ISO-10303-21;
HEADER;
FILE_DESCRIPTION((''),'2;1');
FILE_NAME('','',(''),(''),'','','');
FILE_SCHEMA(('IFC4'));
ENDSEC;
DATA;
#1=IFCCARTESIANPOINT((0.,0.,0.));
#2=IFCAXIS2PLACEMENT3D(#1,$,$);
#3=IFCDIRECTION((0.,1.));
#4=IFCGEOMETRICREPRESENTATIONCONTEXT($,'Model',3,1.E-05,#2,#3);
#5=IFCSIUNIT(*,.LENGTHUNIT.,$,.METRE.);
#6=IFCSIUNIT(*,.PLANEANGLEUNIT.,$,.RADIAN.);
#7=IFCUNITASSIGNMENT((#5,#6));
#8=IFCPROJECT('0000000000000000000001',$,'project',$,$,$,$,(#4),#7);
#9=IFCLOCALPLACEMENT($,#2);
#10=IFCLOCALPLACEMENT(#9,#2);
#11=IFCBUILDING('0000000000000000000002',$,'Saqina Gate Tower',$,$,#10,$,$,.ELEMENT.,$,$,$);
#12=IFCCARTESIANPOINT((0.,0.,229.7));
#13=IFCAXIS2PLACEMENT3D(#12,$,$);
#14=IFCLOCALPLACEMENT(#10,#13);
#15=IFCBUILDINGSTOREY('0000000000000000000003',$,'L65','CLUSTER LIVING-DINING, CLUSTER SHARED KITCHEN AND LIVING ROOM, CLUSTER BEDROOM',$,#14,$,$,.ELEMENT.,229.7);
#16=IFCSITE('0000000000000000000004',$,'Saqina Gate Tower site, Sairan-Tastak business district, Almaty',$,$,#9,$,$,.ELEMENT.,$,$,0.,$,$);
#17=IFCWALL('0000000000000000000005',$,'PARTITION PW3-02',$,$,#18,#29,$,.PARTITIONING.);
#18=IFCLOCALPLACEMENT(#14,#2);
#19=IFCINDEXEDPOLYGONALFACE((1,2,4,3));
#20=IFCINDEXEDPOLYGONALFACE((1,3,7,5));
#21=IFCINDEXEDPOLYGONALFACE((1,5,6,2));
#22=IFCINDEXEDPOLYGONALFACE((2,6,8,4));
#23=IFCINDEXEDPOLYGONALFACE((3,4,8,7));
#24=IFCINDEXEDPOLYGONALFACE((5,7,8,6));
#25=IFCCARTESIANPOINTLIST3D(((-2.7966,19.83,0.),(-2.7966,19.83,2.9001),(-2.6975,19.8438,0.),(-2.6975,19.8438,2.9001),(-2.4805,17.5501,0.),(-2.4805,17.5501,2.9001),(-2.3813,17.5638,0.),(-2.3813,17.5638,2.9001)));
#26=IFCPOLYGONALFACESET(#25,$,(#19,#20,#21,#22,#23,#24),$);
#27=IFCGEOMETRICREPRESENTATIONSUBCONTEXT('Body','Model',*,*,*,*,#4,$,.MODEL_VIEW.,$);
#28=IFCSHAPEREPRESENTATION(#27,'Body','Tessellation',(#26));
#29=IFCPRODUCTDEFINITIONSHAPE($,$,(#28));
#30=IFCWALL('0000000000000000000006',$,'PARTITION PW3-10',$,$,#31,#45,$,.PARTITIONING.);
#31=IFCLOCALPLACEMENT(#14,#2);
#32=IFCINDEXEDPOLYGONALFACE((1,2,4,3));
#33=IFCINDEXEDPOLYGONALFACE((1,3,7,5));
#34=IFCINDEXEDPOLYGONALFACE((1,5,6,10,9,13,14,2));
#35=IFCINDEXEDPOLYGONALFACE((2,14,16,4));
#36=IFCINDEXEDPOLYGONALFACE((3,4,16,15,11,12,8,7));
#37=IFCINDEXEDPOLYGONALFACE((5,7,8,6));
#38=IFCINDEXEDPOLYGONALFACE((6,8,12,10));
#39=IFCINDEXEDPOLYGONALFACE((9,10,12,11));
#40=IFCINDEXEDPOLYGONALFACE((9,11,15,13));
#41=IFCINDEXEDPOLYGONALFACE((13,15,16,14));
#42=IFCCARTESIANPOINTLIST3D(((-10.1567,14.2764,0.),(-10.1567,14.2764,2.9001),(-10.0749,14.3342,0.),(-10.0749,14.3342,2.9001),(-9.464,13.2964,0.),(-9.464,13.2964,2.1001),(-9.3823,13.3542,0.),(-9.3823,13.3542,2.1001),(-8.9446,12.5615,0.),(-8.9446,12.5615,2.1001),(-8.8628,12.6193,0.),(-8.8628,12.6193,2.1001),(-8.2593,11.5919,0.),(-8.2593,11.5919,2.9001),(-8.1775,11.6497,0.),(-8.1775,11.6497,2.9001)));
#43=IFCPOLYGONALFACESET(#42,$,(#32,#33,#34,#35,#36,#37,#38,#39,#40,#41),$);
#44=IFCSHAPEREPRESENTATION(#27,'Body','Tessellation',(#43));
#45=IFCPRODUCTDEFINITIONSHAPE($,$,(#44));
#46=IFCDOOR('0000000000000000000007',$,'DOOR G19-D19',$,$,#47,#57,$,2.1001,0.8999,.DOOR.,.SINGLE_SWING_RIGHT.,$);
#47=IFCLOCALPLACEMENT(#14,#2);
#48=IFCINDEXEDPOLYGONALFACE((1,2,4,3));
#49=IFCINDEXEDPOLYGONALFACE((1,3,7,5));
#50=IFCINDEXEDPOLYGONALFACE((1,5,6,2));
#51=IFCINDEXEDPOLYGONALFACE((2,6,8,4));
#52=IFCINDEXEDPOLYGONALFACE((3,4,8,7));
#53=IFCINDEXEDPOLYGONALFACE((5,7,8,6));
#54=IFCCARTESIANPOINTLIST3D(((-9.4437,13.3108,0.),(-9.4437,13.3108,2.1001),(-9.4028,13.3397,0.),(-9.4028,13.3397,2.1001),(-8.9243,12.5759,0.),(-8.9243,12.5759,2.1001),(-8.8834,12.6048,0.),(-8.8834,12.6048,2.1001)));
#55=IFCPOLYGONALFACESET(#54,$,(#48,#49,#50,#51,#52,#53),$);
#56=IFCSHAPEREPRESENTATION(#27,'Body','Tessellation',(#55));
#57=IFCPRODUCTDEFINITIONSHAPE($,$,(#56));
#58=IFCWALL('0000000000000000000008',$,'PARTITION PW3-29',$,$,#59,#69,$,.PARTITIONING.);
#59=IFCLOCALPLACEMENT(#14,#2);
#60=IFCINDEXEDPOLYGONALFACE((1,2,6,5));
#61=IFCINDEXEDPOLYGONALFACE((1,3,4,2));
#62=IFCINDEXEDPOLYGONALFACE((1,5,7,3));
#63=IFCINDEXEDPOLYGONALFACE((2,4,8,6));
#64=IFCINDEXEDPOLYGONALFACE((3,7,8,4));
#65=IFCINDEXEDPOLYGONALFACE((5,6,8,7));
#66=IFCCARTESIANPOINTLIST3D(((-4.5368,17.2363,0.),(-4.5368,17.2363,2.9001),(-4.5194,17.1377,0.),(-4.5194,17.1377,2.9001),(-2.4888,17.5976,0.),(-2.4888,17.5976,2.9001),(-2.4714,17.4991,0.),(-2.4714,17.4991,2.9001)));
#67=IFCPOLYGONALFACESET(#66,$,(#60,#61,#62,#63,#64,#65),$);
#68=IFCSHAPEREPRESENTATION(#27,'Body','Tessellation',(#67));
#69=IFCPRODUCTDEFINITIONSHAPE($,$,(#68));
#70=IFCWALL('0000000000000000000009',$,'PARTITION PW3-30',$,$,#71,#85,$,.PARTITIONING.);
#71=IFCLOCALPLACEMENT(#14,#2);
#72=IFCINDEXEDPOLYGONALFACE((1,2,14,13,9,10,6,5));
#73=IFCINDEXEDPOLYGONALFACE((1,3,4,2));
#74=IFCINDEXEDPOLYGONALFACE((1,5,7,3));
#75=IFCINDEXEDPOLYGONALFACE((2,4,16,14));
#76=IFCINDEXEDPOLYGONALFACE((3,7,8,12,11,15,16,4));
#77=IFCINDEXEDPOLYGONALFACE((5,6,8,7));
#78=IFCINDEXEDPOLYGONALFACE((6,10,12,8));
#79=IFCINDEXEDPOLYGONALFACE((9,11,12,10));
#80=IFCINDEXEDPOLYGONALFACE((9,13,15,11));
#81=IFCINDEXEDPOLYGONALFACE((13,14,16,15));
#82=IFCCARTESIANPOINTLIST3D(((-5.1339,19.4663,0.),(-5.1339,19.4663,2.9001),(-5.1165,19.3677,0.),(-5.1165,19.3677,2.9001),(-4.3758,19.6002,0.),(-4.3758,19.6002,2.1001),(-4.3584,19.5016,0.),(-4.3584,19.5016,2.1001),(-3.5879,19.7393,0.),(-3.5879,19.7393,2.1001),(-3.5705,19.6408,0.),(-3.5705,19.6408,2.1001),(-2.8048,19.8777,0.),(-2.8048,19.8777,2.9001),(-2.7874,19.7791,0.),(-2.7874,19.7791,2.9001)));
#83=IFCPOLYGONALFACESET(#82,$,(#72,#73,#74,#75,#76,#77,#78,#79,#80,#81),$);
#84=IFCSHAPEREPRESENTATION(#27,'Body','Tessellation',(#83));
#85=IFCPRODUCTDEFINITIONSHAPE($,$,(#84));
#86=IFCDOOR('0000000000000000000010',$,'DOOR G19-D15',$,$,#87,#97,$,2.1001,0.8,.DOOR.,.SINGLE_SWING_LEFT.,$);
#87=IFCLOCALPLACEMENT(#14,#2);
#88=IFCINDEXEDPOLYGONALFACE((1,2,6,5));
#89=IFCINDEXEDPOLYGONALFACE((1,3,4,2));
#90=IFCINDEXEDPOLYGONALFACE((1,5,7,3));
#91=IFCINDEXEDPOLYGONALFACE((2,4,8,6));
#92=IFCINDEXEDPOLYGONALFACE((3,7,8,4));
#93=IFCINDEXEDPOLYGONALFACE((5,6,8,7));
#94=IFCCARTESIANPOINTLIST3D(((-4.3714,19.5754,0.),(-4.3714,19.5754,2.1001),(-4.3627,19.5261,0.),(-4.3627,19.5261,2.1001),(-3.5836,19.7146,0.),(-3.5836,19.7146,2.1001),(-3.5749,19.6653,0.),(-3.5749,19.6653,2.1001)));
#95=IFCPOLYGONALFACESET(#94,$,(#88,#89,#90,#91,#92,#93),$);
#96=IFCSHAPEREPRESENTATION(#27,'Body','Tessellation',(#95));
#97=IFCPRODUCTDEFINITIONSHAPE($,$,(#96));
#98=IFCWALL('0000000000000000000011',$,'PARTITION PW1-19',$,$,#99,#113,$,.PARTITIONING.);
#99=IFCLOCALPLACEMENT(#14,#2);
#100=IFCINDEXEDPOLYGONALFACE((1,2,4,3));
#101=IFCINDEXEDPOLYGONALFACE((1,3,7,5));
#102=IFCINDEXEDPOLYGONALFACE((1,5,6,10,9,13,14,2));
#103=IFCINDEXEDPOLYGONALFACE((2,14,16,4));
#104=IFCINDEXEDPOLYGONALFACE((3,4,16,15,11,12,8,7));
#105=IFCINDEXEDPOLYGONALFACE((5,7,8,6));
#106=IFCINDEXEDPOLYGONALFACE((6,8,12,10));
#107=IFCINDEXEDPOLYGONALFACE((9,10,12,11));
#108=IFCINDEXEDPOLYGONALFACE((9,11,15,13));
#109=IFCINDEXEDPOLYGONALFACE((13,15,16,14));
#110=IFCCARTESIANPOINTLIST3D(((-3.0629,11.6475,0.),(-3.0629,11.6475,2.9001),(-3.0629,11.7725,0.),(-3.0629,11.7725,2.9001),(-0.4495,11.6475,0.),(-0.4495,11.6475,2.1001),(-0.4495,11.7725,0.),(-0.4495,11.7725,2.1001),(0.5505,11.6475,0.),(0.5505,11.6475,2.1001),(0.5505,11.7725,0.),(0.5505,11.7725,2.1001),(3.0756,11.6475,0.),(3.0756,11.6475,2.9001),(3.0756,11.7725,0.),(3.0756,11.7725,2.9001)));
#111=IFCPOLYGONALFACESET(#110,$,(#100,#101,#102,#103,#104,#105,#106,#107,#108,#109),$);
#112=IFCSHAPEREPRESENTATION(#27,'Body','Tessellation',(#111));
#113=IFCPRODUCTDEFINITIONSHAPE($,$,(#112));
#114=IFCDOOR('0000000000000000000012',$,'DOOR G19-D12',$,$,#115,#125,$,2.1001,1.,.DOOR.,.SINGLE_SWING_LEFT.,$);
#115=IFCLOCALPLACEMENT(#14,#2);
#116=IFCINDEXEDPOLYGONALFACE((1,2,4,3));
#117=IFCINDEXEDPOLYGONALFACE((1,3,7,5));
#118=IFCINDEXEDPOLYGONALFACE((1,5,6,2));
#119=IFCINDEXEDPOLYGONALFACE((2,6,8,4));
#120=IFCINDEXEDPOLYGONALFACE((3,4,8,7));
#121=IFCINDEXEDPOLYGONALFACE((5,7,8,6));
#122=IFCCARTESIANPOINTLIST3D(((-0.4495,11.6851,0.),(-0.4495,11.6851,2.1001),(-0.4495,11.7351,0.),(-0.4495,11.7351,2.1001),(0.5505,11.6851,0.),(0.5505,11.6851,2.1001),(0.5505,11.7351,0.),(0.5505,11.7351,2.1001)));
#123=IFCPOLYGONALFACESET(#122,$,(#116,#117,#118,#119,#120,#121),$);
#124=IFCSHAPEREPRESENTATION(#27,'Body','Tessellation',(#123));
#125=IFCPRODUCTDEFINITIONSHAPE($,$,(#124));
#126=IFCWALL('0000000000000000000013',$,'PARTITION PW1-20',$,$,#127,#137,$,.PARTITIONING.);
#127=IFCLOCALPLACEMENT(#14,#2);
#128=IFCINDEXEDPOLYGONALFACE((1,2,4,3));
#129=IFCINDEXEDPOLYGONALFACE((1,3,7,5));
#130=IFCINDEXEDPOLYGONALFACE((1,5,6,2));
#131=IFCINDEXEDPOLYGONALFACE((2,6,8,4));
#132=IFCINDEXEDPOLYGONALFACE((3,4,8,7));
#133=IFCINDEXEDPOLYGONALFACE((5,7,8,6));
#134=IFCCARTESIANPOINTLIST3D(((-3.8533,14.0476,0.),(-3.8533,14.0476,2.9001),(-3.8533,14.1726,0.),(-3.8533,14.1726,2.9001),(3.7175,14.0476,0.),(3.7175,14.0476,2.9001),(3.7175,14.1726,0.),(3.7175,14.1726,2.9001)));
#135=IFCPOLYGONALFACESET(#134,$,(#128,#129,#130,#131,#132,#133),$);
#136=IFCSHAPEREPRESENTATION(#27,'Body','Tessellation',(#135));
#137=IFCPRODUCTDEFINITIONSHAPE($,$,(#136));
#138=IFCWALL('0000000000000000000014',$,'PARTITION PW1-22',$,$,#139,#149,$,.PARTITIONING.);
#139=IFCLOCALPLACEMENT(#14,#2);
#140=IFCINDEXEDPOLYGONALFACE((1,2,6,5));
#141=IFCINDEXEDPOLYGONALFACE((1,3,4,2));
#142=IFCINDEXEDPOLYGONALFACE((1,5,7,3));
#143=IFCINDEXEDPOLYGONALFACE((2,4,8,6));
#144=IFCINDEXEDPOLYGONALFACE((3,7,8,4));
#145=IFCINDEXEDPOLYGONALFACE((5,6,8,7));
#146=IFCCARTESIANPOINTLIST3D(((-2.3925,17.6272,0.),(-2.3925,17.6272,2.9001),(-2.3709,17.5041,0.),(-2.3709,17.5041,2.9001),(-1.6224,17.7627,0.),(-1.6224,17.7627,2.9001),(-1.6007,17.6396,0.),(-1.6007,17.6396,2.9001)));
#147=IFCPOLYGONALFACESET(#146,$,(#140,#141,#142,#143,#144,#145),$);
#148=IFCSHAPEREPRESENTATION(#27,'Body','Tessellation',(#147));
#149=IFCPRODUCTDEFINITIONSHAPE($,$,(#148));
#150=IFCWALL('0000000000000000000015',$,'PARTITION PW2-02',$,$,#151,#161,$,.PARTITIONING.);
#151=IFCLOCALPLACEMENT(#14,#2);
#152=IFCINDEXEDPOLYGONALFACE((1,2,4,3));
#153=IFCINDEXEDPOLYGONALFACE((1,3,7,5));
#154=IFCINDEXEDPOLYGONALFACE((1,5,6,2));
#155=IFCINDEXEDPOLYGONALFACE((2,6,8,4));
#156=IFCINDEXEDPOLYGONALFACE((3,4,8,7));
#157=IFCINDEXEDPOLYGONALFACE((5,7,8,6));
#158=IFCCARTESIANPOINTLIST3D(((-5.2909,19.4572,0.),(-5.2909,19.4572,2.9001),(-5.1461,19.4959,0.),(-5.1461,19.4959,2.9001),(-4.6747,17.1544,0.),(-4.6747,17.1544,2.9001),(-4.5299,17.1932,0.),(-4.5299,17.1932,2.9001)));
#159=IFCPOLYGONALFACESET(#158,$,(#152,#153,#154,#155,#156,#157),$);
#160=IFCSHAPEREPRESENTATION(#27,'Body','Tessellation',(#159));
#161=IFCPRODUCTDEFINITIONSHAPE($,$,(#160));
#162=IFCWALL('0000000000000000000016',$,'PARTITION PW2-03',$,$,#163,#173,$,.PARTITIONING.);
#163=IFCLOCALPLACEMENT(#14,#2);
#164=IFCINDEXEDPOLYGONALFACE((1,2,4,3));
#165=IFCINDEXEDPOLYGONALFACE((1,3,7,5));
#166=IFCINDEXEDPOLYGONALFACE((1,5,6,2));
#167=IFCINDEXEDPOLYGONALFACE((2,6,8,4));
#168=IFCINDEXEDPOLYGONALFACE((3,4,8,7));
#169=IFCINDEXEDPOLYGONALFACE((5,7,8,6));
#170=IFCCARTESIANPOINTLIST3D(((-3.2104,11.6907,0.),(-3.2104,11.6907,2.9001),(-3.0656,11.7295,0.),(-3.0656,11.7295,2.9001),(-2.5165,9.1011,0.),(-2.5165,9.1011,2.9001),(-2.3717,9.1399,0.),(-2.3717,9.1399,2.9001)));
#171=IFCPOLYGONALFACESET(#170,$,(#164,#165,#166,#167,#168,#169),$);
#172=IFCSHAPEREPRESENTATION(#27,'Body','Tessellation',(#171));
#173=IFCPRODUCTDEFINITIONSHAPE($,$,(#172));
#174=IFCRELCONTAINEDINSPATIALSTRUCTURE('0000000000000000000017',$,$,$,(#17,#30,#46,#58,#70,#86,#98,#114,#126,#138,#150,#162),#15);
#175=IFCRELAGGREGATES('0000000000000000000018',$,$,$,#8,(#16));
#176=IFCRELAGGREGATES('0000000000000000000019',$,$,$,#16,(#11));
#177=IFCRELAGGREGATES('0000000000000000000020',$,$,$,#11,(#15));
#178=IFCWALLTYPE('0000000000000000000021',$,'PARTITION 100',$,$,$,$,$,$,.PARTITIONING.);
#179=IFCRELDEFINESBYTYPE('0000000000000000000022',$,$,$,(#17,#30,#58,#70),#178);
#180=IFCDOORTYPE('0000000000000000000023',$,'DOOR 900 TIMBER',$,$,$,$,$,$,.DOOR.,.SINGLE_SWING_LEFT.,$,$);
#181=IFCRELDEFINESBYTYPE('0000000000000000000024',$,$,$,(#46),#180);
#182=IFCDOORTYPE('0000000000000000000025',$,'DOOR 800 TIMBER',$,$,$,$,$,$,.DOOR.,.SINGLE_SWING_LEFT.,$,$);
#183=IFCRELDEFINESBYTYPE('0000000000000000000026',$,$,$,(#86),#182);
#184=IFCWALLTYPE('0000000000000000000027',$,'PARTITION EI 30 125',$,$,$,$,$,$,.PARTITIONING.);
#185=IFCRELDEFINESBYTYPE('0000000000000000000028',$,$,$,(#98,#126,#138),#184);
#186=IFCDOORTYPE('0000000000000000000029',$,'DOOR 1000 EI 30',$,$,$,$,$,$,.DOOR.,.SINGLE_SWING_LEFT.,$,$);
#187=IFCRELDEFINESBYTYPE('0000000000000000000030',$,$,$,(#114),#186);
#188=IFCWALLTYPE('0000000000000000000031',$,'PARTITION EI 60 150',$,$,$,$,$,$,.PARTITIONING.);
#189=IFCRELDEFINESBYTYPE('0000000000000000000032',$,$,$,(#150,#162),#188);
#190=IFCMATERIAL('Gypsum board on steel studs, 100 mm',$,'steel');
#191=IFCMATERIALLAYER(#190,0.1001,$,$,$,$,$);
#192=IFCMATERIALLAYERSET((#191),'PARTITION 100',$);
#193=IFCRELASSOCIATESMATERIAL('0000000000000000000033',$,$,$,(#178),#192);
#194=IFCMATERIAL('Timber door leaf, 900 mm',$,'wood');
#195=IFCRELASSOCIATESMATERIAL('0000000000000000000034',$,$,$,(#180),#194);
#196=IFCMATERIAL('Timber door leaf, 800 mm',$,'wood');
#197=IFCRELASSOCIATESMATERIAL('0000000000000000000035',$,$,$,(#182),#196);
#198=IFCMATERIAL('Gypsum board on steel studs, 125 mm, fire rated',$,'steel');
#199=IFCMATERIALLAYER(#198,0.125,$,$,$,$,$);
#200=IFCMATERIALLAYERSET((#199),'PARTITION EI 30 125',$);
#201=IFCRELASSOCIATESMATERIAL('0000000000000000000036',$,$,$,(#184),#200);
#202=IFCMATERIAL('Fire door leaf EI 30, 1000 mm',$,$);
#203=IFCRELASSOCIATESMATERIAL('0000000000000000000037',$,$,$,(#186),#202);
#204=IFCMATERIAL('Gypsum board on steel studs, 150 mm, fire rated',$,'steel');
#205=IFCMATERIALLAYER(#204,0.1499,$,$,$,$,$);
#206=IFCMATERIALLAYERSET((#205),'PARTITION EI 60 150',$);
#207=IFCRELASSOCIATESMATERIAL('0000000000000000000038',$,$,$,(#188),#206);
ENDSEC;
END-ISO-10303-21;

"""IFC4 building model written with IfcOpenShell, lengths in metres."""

from ifc_helpers import new_model, si_unit, direction, frame, frame_2d, origin, place, context, subcontext, project, spatial, rectangle, extrude, material, layer, layer_set, type_object, element, fill, save


model = new_model("IFC4")

# Units and contexts
model_context = context("Model", 3, precision=1e-05, world=origin(), true_north=direction((0.0, 1.0)))
body_context = subcontext(model_context, "Body", "Model", "MODEL_VIEW")
ifc_project = project(units=[si_unit("LENGTHUNIT", "METRE"), si_unit("PLANEANGLEUNIT", "RADIAN")], contexts=[model_context])

# Site, building, storey
site_placement = place(None, origin())
site = spatial("IfcSite", under=ifc_project, at=site_placement, Name="Saqina Gate Tower site, Sairan-Tastak business district, Almaty", CompositionType="ELEMENT", RefElevation=0.0)
building_placement = place(site_placement, origin())
building = spatial("IfcBuilding", under=site, at=building_placement, Name="Saqina Gate Tower", CompositionType="ELEMENT")
storey_placement = place(building_placement, frame((0.0, 0.0, 229.7)))
storey = spatial("IfcBuildingStorey", under=building, at=storey_placement, Name="L65", Description="CLUSTER LIVING-DINING, CLUSTER SHARED KITCHEN AND LIVING ROOM, CLUSTER BEDROOM", CompositionType="ELEMENT", Elevation=229.7)

# Wall
ifc_material_1 = material(Name="Gypsum board on steel studs, 100 mm", Category="steel")
ifc_layer_1 = layer(ifc_material_1, 0.1001)
ifc_layer_set_1 = layer_set([ifc_layer_1], Name="PARTITION 100")
wall_type_1 = type_object("IfcWallType", Name="PARTITION 100", PredefinedType="PARTITIONING", material=ifc_layer_set_1)
wall_1_placement = place(storey_placement, frame((-2.7471, 19.8369, 0.0), z_axis=(0.0, 0.0, 1.0), x_axis=(0.137352, -0.990522, 0.0)))
element("IfcWall", 1, at=wall_1_placement, inside=storey, type_object=wall_type_1, Name="PARTITION PW3-02", PredefinedType="PARTITIONING", context=body_context, shape_type="SweptSolid", body=[
    extrude(rectangle(XDim=2.3018, YDim=0.1001, at=frame_2d((1.1509, 0.0))), origin(), (0.0, 0.0, 1.0), 2.9001),
])

# Wall, opening, door
wall_2_placement = place(storey_placement, frame((-10.1157, 14.3052, 0.0), z_axis=(0.0, 0.0, 1.0), x_axis=(0.577185, -0.816614, 0.0)))
wall_2 = element("IfcWall", 2, at=wall_2_placement, inside=storey, type_object=wall_type_1, Name="PARTITION PW3-10", PredefinedType="PARTITIONING", context=body_context, shape_type="SweptSolid", body=[
    extrude(rectangle(XDim=3.2874, YDim=0.1001, at=frame_2d((1.6436, 0.0))), origin(), (0.0, 0.0, 1.0), 2.9001),
])
opening_1_placement = place(wall_2_placement, frame((1.2, 0.0, 0.0)))
opening_1 = element("IfcOpeningElement", 3, at=opening_1_placement, cuts=wall_2, PredefinedType="OPENING", context=body_context, shape_type="SweptSolid", body=[
    extrude(rectangle(XDim=0.8999, YDim=2.1001, at=frame_2d((0.45, 1.05))), frame((0.0, 0.062, 0.0), z_axis=(0.0, -1.0, 0.0), x_axis=(1.0, 0.0, 0.0)), (0.0, 0.0, 1.0), 0.124),
])
ifc_material_2 = material(Name="Timber door leaf, 900 mm", Category="wood")
door_type_1 = type_object("IfcDoorType", Name="DOOR 900 TIMBER", OperationType="SINGLE_SWING_LEFT", PredefinedType="DOOR", material=ifc_material_2)
door_1_placement = place(opening_1_placement, origin())
door_1 = element("IfcDoor", 4, at=door_1_placement, inside=storey, type_object=door_type_1, Name="DOOR G19-D19", OperationType="SINGLE_SWING_RIGHT", OverallHeight=2.1001, OverallWidth=0.8999, PredefinedType="DOOR", context=body_context, shape_type="SweptSolid", body=[
    extrude(rectangle(XDim=0.8999, YDim=2.1001, at=frame_2d((0.45, 1.05))), frame((0.0, 0.0249, 0.0), z_axis=(0.0, -1.0, 0.0), x_axis=(1.0, 0.0, 0.0)), (0.0, 0.0, 1.0), 0.05),
])
fill(opening_1, door_1)

# Wall
wall_3_placement = place(storey_placement, frame((-4.5281, 17.187, 0.0), z_axis=(0.0, 0.0, 1.0), x_axis=(0.984788, 0.173759, 0.0)))
element("IfcWall", 5, at=wall_3_placement, inside=storey, type_object=wall_type_1, Name="PARTITION PW3-29", PredefinedType="PARTITIONING", context=body_context, shape_type="SweptSolid", body=[
    extrude(rectangle(XDim=2.0796, YDim=0.1001, at=frame_2d((1.0398, 0.0))), origin(), (0.0, 0.0, 1.0), 2.9001),
])

# Walls, openings, doors
wall_4_placement = place(storey_placement, frame((-5.1252, 19.417, 0.0), z_axis=(0.0, 0.0, 1.0), x_axis=(0.984758, 0.173933, 0.0)))
wall_4 = element("IfcWall", 6, at=wall_4_placement, inside=storey, type_object=wall_type_1, Name="PARTITION PW3-30", PredefinedType="PARTITIONING", context=body_context, shape_type="SweptSolid", body=[
    extrude(rectangle(XDim=2.3652, YDim=0.1001, at=frame_2d((1.1826, 0.0))), origin(), (0.0, 0.0, 1.0), 2.9001),
])
opening_2_placement = place(wall_4_placement, frame((0.77, 0.0, 0.0)))
opening_2 = element("IfcOpeningElement", 7, at=opening_2_placement, cuts=wall_4, PredefinedType="OPENING", context=body_context, shape_type="SweptSolid", body=[
    extrude(rectangle(XDim=0.8, YDim=2.1001, at=frame_2d((0.3999, 1.05))), frame((0.0, 0.062, 0.0), z_axis=(0.0, -1.0, 0.0), x_axis=(1.0, 0.0, 0.0)), (0.0, 0.0, 1.0), 0.124),
])
ifc_material_3 = material(Name="Timber door leaf, 800 mm", Category="wood")
door_type_2 = type_object("IfcDoorType", Name="DOOR 800 TIMBER", OperationType="SINGLE_SWING_LEFT", PredefinedType="DOOR", material=ifc_material_3)
door_2_placement = place(opening_2_placement, origin())
door_2 = element("IfcDoor", 8, at=door_2_placement, inside=storey, type_object=door_type_2, Name="DOOR G19-D15", OperationType="SINGLE_SWING_LEFT", OverallHeight=2.1001, OverallWidth=0.8, PredefinedType="DOOR", context=body_context, shape_type="SweptSolid", body=[
    extrude(rectangle(XDim=0.8, YDim=2.1001, at=frame_2d((0.3999, 1.05))), frame((0.0, 0.0249, 0.0), z_axis=(0.0, -1.0, 0.0), x_axis=(1.0, 0.0, 0.0)), (0.0, 0.0, 1.0), 0.05),
])
fill(opening_2, door_2)
ifc_material_4 = material(Name="Gypsum board on steel studs, 125 mm, fire rated", Category="steel")
ifc_layer_2 = layer(ifc_material_4, 0.125)
ifc_layer_set_2 = layer_set([ifc_layer_2], Name="PARTITION EI 30 125")
wall_type_2 = type_object("IfcWallType", Name="PARTITION EI 30 125", PredefinedType="PARTITIONING", material=ifc_layer_set_2)
wall_5_placement = place(storey_placement, frame((-3.063, 11.71, 0.0), z_axis=(0.0, 0.0, 1.0), x_axis=(1.0, 0.0, 0.0)))
wall_5 = element("IfcWall", 9, at=wall_5_placement, inside=storey, type_object=wall_type_2, Name="PARTITION PW1-19", PredefinedType="PARTITIONING", context=body_context, shape_type="SweptSolid", body=[
    extrude(rectangle(XDim=6.1384, YDim=0.125, at=frame_2d((3.0693, 0.0))), origin(), (0.0, 0.0, 1.0), 2.9001),
])
opening_3_placement = place(wall_5_placement, frame((2.6135, 0.0, 0.0)))
opening_3 = element("IfcOpeningElement", 10, at=opening_3_placement, cuts=wall_5, PredefinedType="OPENING", context=body_context, shape_type="SweptSolid", body=[
    extrude(rectangle(XDim=1.0, YDim=2.1001, at=frame_2d((0.5, 1.05))), frame((0.0, 0.0745, 0.0), z_axis=(0.0, -1.0, 0.0), x_axis=(1.0, 0.0, 0.0)), (0.0, 0.0, 1.0), 0.1489),
])
ifc_material_5 = material(Name="Fire door leaf EI 30, 1000 mm")
door_type_3 = type_object("IfcDoorType", Name="DOOR 1000 EI 30", OperationType="SINGLE_SWING_LEFT", PredefinedType="DOOR", material=ifc_material_5)
door_3_placement = place(opening_3_placement, frame((1.0, 0.0, 0.0), z_axis=(0.0, 0.0, 1.0), x_axis=(-1.0, 0.0, 0.0)))
door_3 = element("IfcDoor", 11, at=door_3_placement, inside=storey, type_object=door_type_3, Name="DOOR G19-D12", OperationType="SINGLE_SWING_LEFT", OverallHeight=2.1001, OverallWidth=1.0, PredefinedType="DOOR", context=body_context, shape_type="SweptSolid", body=[
    extrude(rectangle(XDim=1.0, YDim=2.1001, at=frame_2d((0.5, 1.05))), frame((0.0, 0.0249, 0.0), z_axis=(0.0, -1.0, 0.0), x_axis=(1.0, 0.0, 0.0)), (0.0, 0.0, 1.0), 0.05),
])
fill(opening_3, door_3)

# Walls
wall_6_placement = place(storey_placement, frame((-3.8533, 14.1101, 0.0), z_axis=(0.0, 0.0, 1.0), x_axis=(1.0, 0.0, 0.0)))
element("IfcWall", 12, at=wall_6_placement, inside=storey, type_object=wall_type_2, Name="PARTITION PW1-20", PredefinedType="PARTITIONING", context=body_context, shape_type="SweptSolid", body=[
    extrude(rectangle(XDim=7.5708, YDim=0.125, at=frame_2d((3.7854, 0.0))), origin(), (0.0, 0.0, 1.0), 2.9001),
])
wall_7_placement = place(storey_placement, frame((-2.3818, 17.5657, 0.0), z_axis=(0.0, 0.0, 1.0), x_axis=(0.984878, 0.173251, 0.0)))
element("IfcWall", 13, at=wall_7_placement, inside=storey, type_object=wall_type_2, Name="PARTITION PW1-22", PredefinedType="PARTITIONING", context=body_context, shape_type="SweptSolid", body=[
    extrude(rectangle(XDim=0.782, YDim=0.125, at=frame_2d((0.3911, 0.0))), origin(), (0.0, 0.0, 1.0), 2.9001),
])
ifc_material_6 = material(Name="Gypsum board on steel studs, 150 mm, fire rated", Category="steel")
ifc_layer_3 = layer(ifc_material_6, 0.1499)
ifc_layer_set_3 = layer_set([ifc_layer_3], Name="PARTITION EI 60 150")
wall_type_3 = type_object("IfcWallType", Name="PARTITION EI 60 150", PredefinedType="PARTITIONING", material=ifc_layer_set_3)
wall_8_placement = place(storey_placement, frame((-5.2185, 19.4766, 0.0), z_axis=(0.0, 0.0, 1.0), x_axis=(0.258504, -0.96601, 0.0)))
element("IfcWall", 14, at=wall_8_placement, inside=storey, type_object=wall_type_3, Name="PARTITION PW2-02", PredefinedType="PARTITIONING", context=body_context, shape_type="SweptSolid", body=[
    extrude(rectangle(XDim=2.3838, YDim=0.1499, at=frame_2d((1.1919, 0.0))), origin(), (0.0, 0.0, 1.0), 2.9001),
])
wall_9_placement = place(storey_placement, frame((-3.1379, 11.71, 0.0), z_axis=(0.0, 0.0, 1.0), x_axis=(0.258807, -0.965929, 0.0)))
element("IfcWall", 15, at=wall_9_placement, inside=storey, type_object=wall_type_3, Name="PARTITION PW2-03", PredefinedType="PARTITIONING", context=body_context, shape_type="SweptSolid", body=[
    extrude(rectangle(XDim=2.6809, YDim=0.1499, at=frame_2d((1.3403, 0.0))), origin(), (0.0, 0.0, 1.0), 2.9001),
])

save(model, "model.ifc")
